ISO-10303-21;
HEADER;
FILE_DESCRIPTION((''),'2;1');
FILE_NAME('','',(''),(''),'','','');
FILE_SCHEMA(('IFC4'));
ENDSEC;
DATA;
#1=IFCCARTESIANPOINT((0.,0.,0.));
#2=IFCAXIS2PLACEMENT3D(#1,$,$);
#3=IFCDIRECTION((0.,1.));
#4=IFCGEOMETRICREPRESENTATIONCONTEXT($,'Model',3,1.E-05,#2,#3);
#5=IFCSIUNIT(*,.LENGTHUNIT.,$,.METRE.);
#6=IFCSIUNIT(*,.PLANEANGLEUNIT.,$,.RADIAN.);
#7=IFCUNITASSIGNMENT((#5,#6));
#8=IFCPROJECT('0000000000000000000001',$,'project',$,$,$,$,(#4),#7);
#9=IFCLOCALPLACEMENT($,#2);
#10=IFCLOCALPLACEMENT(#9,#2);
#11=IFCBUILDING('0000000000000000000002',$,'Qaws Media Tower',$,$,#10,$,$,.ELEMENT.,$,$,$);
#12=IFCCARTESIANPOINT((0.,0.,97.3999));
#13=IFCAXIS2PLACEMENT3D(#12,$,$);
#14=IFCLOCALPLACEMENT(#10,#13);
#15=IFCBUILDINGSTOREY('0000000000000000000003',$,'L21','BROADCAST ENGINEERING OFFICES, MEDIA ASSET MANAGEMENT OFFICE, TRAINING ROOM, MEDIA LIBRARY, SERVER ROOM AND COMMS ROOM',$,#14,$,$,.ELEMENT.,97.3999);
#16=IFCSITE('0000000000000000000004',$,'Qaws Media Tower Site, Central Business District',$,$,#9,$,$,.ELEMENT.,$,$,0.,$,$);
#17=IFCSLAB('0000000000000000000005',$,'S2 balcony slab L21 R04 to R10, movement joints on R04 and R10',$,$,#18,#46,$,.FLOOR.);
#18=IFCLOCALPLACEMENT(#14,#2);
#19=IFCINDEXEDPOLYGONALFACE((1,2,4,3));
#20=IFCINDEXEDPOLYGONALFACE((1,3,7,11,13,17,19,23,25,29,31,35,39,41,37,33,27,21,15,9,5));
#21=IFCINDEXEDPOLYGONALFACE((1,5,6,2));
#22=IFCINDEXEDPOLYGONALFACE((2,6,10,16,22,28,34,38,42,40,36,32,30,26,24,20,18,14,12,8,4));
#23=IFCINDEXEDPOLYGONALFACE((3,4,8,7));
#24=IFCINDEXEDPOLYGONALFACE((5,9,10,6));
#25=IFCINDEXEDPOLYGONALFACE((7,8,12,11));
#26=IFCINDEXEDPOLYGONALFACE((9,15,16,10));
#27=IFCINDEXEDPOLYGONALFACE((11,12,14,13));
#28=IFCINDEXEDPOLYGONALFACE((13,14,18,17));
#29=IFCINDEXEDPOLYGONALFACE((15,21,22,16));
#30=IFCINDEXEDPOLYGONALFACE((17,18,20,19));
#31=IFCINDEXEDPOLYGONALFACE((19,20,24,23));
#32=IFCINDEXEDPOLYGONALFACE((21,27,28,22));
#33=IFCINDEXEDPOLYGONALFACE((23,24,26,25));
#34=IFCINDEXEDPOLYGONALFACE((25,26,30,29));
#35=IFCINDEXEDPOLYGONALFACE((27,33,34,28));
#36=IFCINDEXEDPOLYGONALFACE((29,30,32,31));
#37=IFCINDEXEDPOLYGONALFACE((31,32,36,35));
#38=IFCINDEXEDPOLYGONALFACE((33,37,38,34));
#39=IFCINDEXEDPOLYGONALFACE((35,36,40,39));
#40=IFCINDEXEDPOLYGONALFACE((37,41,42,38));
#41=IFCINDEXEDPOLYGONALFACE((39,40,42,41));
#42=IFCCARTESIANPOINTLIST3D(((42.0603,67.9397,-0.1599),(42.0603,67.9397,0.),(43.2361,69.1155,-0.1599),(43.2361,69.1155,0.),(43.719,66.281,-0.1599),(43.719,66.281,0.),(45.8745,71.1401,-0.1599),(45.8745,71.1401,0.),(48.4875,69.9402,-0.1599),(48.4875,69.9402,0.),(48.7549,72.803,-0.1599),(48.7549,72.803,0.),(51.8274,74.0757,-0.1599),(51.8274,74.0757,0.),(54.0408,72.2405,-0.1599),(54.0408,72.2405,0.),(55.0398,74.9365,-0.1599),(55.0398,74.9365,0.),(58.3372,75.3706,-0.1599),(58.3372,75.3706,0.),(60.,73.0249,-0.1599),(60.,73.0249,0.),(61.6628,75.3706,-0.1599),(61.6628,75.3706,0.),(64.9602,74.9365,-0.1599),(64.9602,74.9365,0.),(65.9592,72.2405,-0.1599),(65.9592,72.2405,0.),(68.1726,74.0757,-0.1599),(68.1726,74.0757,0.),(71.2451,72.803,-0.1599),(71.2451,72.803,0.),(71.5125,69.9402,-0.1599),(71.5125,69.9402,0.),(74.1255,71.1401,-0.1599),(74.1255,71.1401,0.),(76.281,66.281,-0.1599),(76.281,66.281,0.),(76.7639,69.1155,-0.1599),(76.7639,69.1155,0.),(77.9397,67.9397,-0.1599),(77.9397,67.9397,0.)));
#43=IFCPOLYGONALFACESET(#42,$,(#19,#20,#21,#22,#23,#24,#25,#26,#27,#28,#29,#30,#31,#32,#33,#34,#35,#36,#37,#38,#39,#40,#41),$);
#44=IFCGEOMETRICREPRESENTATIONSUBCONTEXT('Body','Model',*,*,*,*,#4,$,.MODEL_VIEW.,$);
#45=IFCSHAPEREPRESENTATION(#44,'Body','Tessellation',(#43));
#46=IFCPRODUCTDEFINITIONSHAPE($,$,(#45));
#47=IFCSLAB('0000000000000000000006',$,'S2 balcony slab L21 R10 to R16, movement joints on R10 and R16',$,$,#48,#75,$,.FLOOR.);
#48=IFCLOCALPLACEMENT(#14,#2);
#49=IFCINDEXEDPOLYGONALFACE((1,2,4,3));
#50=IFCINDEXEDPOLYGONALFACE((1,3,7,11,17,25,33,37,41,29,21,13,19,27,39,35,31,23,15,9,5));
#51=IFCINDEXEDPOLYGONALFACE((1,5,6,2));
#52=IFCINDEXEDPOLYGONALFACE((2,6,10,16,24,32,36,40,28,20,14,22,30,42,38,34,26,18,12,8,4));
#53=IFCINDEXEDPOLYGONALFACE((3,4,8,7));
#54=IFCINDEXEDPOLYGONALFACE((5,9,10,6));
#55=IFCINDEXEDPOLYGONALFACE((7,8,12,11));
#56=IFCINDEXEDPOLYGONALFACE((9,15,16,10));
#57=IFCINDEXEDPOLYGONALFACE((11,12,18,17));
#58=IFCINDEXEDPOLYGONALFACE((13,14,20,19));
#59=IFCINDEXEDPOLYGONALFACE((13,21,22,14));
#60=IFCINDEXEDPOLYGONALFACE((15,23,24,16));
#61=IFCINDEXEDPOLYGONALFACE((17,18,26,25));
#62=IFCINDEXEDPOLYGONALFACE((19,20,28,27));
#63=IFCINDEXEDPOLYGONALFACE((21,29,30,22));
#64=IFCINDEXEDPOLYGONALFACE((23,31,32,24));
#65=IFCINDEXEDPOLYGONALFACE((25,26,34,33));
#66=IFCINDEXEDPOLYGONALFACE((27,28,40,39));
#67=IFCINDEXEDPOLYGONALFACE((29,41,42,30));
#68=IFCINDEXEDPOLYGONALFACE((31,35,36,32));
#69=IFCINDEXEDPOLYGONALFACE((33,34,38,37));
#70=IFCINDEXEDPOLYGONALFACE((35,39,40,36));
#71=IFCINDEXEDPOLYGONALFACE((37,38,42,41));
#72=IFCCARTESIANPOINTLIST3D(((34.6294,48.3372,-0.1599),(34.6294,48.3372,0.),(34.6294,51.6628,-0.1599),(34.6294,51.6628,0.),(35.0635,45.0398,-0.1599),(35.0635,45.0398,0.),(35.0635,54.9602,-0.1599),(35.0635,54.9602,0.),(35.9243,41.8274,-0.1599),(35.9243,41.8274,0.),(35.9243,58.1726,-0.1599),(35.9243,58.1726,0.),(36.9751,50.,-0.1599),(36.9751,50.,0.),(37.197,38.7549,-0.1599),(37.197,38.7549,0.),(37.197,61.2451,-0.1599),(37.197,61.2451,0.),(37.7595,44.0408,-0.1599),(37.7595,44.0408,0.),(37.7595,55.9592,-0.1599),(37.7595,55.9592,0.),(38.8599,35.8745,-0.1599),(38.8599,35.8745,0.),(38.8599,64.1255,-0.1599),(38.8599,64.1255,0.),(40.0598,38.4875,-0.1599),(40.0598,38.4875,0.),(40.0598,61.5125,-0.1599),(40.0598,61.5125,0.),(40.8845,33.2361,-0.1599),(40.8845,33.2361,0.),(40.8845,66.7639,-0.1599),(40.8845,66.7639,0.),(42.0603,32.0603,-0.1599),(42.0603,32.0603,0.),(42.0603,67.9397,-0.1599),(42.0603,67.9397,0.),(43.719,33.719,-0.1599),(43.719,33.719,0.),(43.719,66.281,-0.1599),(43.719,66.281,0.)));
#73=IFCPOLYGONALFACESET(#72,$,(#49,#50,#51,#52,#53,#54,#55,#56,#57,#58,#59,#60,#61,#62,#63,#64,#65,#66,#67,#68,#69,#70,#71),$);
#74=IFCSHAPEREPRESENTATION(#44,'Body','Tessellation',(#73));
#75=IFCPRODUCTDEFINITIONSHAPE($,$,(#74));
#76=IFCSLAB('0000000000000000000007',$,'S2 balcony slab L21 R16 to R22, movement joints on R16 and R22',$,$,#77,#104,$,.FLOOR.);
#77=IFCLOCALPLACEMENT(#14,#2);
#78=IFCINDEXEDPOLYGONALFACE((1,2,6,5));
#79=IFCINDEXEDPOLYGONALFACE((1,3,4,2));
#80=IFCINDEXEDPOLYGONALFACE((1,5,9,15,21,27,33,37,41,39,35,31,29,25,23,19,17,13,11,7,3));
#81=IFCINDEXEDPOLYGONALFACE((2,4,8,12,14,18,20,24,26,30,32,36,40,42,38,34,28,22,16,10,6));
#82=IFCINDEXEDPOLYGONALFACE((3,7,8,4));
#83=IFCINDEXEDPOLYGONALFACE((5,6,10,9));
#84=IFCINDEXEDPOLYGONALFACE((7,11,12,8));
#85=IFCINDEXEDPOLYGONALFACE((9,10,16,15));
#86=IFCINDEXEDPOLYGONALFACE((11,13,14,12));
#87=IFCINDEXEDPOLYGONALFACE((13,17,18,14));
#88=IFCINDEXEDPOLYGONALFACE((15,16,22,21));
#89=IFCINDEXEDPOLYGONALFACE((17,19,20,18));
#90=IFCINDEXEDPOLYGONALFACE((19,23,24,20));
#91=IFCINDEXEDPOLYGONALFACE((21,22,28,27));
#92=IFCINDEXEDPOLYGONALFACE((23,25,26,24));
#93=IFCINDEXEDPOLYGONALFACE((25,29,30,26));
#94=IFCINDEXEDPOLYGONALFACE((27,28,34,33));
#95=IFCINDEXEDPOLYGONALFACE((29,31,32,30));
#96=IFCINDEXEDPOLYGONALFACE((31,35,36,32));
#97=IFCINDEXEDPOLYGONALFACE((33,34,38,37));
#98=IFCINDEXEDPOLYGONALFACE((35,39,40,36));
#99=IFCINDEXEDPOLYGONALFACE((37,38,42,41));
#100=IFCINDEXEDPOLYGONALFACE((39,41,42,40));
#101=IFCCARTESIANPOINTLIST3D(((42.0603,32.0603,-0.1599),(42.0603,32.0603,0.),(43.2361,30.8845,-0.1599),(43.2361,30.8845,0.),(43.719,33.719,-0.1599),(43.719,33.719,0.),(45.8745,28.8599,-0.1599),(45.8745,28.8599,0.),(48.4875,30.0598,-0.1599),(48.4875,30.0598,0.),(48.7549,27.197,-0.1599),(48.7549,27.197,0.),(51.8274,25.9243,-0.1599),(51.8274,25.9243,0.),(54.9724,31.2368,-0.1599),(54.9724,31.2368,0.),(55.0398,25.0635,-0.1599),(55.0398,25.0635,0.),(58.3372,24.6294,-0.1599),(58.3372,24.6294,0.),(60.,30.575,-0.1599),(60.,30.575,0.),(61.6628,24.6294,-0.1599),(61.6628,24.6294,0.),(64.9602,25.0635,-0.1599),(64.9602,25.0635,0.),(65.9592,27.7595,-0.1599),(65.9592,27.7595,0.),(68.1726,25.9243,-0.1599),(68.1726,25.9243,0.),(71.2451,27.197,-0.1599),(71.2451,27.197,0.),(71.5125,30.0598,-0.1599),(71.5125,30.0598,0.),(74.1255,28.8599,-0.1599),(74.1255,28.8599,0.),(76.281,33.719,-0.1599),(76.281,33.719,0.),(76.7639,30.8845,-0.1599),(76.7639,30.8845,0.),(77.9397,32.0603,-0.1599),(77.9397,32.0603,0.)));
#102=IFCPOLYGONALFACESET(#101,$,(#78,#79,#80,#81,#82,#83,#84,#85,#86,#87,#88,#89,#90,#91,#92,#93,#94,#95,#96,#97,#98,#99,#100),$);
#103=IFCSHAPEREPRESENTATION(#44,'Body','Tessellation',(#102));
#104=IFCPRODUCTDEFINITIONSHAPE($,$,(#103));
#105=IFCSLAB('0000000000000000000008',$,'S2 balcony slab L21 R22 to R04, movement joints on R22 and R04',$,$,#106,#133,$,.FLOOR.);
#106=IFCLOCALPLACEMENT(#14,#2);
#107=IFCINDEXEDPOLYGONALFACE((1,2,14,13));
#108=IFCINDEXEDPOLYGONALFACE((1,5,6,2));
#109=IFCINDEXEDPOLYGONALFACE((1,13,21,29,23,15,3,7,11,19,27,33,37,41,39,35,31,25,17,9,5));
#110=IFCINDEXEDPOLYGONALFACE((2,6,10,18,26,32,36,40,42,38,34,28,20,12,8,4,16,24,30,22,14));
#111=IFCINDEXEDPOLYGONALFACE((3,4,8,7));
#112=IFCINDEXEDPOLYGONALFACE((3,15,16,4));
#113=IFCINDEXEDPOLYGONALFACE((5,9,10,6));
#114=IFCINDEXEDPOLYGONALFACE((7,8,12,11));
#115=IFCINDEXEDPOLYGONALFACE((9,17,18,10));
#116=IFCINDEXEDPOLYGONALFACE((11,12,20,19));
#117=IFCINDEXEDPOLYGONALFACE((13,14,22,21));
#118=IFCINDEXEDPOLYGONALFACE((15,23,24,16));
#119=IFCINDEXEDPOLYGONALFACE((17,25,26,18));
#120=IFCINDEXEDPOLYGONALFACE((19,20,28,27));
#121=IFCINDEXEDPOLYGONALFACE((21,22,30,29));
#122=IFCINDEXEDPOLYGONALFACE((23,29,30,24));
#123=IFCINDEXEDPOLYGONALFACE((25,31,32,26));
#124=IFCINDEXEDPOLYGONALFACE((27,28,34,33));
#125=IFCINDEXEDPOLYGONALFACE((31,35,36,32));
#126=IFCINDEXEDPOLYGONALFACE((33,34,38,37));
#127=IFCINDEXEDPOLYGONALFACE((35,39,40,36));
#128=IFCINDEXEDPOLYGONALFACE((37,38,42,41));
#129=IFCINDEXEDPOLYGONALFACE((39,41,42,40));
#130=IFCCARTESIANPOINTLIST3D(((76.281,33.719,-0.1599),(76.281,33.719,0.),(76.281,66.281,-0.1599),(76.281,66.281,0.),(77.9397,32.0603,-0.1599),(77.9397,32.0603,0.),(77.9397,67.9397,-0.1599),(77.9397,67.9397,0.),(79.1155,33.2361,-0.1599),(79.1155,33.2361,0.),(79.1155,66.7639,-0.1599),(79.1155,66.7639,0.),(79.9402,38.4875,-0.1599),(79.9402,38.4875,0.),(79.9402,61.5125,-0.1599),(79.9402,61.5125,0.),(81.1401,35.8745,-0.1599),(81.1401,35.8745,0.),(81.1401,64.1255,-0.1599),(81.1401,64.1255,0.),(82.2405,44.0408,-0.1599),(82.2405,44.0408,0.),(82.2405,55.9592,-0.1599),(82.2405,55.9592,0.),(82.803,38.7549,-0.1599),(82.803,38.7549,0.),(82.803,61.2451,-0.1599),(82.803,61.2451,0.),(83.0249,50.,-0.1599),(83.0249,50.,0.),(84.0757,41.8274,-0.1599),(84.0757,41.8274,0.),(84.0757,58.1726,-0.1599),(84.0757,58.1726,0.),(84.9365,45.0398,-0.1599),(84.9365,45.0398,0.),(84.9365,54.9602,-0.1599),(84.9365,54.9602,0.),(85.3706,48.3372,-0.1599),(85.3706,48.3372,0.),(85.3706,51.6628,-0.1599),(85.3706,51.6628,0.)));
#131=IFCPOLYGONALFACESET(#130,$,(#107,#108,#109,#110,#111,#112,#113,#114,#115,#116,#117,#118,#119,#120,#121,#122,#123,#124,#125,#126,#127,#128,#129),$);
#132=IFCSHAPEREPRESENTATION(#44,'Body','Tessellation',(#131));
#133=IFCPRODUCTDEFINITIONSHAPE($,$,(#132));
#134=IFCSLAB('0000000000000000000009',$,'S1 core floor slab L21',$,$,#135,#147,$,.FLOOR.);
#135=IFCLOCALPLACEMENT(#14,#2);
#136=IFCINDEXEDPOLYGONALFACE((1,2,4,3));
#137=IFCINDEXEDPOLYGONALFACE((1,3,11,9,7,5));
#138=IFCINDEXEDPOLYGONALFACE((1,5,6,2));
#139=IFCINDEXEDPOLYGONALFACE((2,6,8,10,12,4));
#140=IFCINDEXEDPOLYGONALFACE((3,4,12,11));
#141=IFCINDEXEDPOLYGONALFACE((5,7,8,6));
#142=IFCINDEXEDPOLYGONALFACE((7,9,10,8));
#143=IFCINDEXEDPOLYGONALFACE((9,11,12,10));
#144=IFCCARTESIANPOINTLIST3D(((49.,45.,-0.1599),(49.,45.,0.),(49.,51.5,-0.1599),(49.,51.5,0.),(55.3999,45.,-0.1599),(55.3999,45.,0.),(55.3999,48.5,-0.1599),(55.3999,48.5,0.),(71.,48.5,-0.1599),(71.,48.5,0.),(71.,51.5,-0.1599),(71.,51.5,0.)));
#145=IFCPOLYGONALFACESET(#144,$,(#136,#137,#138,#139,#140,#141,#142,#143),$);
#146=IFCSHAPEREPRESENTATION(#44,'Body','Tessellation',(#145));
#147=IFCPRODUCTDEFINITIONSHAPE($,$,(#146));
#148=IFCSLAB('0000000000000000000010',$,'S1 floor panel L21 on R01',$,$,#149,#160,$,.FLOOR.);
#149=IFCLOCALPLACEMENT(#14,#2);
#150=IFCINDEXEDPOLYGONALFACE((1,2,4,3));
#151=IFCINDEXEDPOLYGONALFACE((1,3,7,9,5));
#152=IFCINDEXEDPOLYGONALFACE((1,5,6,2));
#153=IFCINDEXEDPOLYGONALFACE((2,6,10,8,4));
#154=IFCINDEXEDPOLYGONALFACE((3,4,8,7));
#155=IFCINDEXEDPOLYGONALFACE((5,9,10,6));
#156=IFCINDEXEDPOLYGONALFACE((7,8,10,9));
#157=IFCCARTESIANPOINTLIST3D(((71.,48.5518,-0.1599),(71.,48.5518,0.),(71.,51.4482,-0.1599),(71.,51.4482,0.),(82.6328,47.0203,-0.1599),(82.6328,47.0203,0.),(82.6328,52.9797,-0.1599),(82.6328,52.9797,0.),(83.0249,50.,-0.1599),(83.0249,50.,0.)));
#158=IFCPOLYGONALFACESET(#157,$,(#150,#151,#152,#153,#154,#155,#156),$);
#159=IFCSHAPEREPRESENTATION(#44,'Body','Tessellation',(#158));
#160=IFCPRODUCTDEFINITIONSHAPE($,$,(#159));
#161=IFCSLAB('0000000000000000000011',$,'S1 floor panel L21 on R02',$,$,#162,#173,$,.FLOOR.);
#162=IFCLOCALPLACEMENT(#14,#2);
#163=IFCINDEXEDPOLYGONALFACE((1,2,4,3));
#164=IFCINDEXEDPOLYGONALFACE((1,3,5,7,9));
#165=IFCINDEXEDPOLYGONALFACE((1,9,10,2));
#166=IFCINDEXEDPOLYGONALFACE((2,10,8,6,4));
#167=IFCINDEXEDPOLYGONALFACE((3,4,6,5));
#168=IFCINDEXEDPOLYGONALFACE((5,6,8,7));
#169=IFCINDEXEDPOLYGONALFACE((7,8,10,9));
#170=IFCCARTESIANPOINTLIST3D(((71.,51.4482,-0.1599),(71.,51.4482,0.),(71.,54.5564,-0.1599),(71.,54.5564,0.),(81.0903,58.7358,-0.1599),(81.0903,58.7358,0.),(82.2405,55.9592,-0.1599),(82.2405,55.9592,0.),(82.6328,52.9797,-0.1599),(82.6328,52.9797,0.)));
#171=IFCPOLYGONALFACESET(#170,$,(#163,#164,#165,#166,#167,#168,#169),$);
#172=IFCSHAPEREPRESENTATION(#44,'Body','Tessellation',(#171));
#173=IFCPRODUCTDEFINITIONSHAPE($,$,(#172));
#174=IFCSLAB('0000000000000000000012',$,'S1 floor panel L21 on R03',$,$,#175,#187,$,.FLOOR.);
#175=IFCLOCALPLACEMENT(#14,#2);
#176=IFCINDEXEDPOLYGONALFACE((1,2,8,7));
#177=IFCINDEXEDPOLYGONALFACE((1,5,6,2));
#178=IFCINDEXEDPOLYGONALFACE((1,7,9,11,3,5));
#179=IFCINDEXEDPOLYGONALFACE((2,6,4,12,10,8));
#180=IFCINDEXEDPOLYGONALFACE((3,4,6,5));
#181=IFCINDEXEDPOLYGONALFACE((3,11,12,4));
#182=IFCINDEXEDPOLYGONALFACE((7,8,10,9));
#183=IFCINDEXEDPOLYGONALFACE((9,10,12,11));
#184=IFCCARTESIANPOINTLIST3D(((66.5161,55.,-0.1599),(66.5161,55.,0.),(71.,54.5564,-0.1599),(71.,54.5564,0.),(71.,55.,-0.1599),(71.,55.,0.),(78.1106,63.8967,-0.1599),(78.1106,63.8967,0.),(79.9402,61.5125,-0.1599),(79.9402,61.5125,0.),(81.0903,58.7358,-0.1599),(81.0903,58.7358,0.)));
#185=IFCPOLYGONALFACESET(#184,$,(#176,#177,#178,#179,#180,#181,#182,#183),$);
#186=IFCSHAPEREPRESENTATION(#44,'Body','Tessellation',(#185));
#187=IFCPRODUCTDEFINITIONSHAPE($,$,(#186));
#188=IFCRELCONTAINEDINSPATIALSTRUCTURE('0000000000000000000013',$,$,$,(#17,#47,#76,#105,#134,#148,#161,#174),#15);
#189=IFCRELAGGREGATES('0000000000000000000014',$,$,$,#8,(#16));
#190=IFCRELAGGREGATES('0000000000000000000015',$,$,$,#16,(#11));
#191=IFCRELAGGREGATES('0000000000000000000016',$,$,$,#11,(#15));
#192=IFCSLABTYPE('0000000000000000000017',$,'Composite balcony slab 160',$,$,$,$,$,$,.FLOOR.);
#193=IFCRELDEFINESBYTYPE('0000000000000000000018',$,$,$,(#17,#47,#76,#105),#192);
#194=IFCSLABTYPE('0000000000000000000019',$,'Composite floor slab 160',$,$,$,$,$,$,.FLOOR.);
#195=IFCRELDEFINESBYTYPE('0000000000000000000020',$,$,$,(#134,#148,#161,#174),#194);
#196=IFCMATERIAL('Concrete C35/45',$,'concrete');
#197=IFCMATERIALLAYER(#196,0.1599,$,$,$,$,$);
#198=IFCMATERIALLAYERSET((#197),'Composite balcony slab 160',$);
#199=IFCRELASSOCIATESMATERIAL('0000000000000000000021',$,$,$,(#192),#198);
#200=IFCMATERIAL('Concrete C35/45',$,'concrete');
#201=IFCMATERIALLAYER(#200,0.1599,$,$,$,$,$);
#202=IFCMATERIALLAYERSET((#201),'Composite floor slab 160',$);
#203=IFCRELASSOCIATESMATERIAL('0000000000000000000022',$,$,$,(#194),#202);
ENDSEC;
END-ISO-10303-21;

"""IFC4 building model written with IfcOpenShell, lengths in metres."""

from ifc_helpers import new_model, si_unit, direction, frame, origin, place, context, subcontext, project, spatial, polyline, outline, extrude, material, layer, layer_set, type_object, element, save


model = new_model("IFC4")

# Units and contexts
model_context = context("Model", 3, precision=1e-05, world=origin(), true_north=direction((0.0, 1.0)))
body_context = subcontext(model_context, "Body", "Model", "MODEL_VIEW")
ifc_project = project(units=[si_unit("LENGTHUNIT", "METRE"), si_unit("PLANEANGLEUNIT", "RADIAN")], contexts=[model_context])

# Site, building, storey
site_placement = place(None, origin())
site = spatial("IfcSite", under=ifc_project, at=site_placement, Name="Qaws Media Tower Site, Central Business District", CompositionType="ELEMENT", RefElevation=0.0)
building_placement = place(site_placement, origin())
building = spatial("IfcBuilding", under=site, at=building_placement, Name="Qaws Media Tower", CompositionType="ELEMENT")
storey_placement = place(building_placement, frame((0.0, 0.0, 97.3999)))
storey = spatial("IfcBuildingStorey", under=building, at=storey_placement, Name="L21", Description="BROADCAST ENGINEERING OFFICES, MEDIA ASSET MANAGEMENT OFFICE, TRAINING ROOM, MEDIA LIBRARY, SERVER ROOM AND COMMS ROOM", CompositionType="ELEMENT", Elevation=97.3999)

# Slabs
ifc_material_1 = material(Name="Concrete C35/45", Category="concrete")
ifc_layer_1 = layer(ifc_material_1, 0.1599)
ifc_layer_set_1 = layer_set([ifc_layer_1], Name="Composite balcony slab 160")
slab_type_1 = type_object("IfcSlabType", Name="Composite balcony slab 160", PredefinedType="FLOOR", material=ifc_layer_set_1)
slab_1_placement = place(storey_placement, frame((0.0, 0.0, -0.1599)))
element("IfcSlab", 1, at=slab_1_placement, inside=storey, type_object=slab_type_1, Name="S2 balcony slab L21 R04 to R10, movement joints on R04 and R10", PredefinedType="FLOOR", context=body_context, shape_type="SweptSolid", body=[
    extrude(outline(polyline([(43.2361, 69.1155), (45.8745, 71.1401), (48.7549, 72.803), (51.8274, 74.0757), (55.0398, 74.9365), (58.3372, 75.3706), (61.6628, 75.3706), (64.9602, 74.9365), (68.1726, 74.0757), (71.2451, 72.803), (74.1255, 71.1401), (76.7639, 69.1155), (77.9397, 67.9397), (76.281, 66.281), (71.5125, 69.9402), (65.9592, 72.2405), (60.0, 73.0249), (54.0408, 72.2405), (48.4875, 69.9402), (43.719, 66.281), (42.0603, 67.9397), (43.2361, 69.1155)])), origin(), (0.0, 0.0, 1.0), 0.1599),
])
slab_2_placement = place(storey_placement, frame((0.0, 0.0, -0.1599)))
element("IfcSlab", 2, at=slab_2_placement, inside=storey, type_object=slab_type_1, Name="S2 balcony slab L21 R10 to R16, movement joints on R10 and R16", PredefinedType="FLOOR", context=body_context, shape_type="SweptSolid", body=[
    extrude(outline(polyline([(40.8845, 33.2361), (38.8599, 35.8745), (37.197, 38.7549), (35.9243, 41.8274), (35.0635, 45.0398), (34.6294, 48.3372), (34.6294, 51.6628), (35.0635, 54.9602), (35.9243, 58.1726), (37.197, 61.2451), (38.8599, 64.1255), (40.8845, 66.7639), (42.0603, 67.9397), (43.719, 66.281), (40.0598, 61.5125), (37.7595, 55.9592), (36.9751, 50.0), (37.7595, 44.0408), (40.0598, 38.4875), (43.719, 33.719), (42.0603, 32.0603), (40.8845, 33.2361)])), origin(), (0.0, 0.0, 1.0), 0.1599),
])
slab_3_placement = place(storey_placement, frame((0.0, 0.0, -0.1599)))
element("IfcSlab", 3, at=slab_3_placement, inside=storey, type_object=slab_type_1, Name="S2 balcony slab L21 R16 to R22, movement joints on R16 and R22", PredefinedType="FLOOR", context=body_context, shape_type="SweptSolid", body=[
    extrude(outline(polyline([(76.7639, 30.8845), (74.1255, 28.8599), (71.2451, 27.197), (68.1726, 25.9243), (64.9602, 25.0635), (61.6628, 24.6294), (58.3372, 24.6294), (55.0398, 25.0635), (51.8274, 25.9243), (48.7549, 27.197), (45.8745, 28.8599), (43.2361, 30.8845), (42.0603, 32.0603), (43.719, 33.719), (48.4875, 30.0598), (54.9724, 31.2368), (60.0, 30.575), (65.9592, 27.7595), (71.5125, 30.0598), (76.281, 33.719), (77.9397, 32.0603), (76.7639, 30.8845)])), origin(), (0.0, 0.0, 1.0), 0.1599),
])
slab_4_placement = place(storey_placement, frame((0.0, 0.0, -0.1599)))
element("IfcSlab", 4, at=slab_4_placement, inside=storey, type_object=slab_type_1, Name="S2 balcony slab L21 R22 to R04, movement joints on R22 and R04", PredefinedType="FLOOR", context=body_context, shape_type="SweptSolid", body=[
    extrude(outline(polyline([(84.9365, 45.0398), (84.0757, 41.8274), (82.803, 38.7549), (81.1401, 35.8745), (79.1155, 33.2361), (77.9397, 32.0603), (76.281, 33.719), (79.9402, 38.4875), (82.2405, 44.0408), (83.0249, 50.0), (82.2405, 55.9592), (79.9402, 61.5125), (76.281, 66.281), (77.9397, 67.9397), (79.1155, 66.7639), (81.1401, 64.1255), (82.803, 61.2451), (84.0757, 58.1726), (84.9365, 54.9602), (85.3706, 51.6628), (85.3706, 48.3372), (84.9365, 45.0398)])), origin(), (0.0, 0.0, 1.0), 0.1599),
])
ifc_material_2 = material(Name="Concrete C35/45", Category="concrete")
ifc_layer_2 = layer(ifc_material_2, 0.1599)
ifc_layer_set_2 = layer_set([ifc_layer_2], Name="Composite floor slab 160")
slab_type_2 = type_object("IfcSlabType", Name="Composite floor slab 160", PredefinedType="FLOOR", material=ifc_layer_set_2)
slab_5_placement = place(storey_placement, frame((0.0, 0.0, -0.1599)))
element("IfcSlab", 5, at=slab_5_placement, inside=storey, type_object=slab_type_2, Name="S1 core floor slab L21", PredefinedType="FLOOR", context=body_context, shape_type="SweptSolid", body=[
    extrude(outline(polyline([(71.0, 51.5), (71.0, 48.5), (55.3999, 48.5), (55.3999, 45.0), (49.0, 45.0), (49.0, 51.5), (71.0, 51.5)])), origin(), (0.0, 0.0, 1.0), 0.1599),
])
slab_6_placement = place(storey_placement, frame((0.0, 0.0, -0.1599)))
element("IfcSlab", 6, at=slab_6_placement, inside=storey, type_object=slab_type_2, Name="S1 floor panel L21 on R01", PredefinedType="FLOOR", context=body_context, shape_type="SweptSolid", body=[
    extrude(outline(polyline([(83.0249, 50.0), (82.6328, 47.0203), (71.0, 48.5518), (71.0, 51.4482), (82.6328, 52.9797), (83.0249, 50.0)])), origin(), (0.0, 0.0, 1.0), 0.1599),
])
slab_7_placement = place(storey_placement, frame((0.0, 0.0, -0.1599)))
element("IfcSlab", 7, at=slab_7_placement, inside=storey, type_object=slab_type_2, Name="S1 floor panel L21 on R02", PredefinedType="FLOOR", context=body_context, shape_type="SweptSolid", body=[
    extrude(outline(polyline([(82.2405, 55.9592), (82.6328, 52.9797), (71.0, 51.4482), (71.0, 54.5564), (81.0903, 58.7358), (82.2405, 55.9592)])), origin(), (0.0, 0.0, 1.0), 0.1599),
])
slab_8_placement = place(storey_placement, frame((0.0, 0.0, -0.1599)))
element("IfcSlab", 8, at=slab_8_placement, inside=storey, type_object=slab_type_2, Name="S1 floor panel L21 on R03", PredefinedType="FLOOR", context=body_context, shape_type="SweptSolid", body=[
    extrude(outline(polyline([(79.9402, 61.5125), (81.0903, 58.7358), (71.0, 54.5564), (71.0, 55.0), (66.5161, 55.0), (78.1106, 63.8967), (79.9402, 61.5125)])), origin(), (0.0, 0.0, 1.0), 0.1599),
])

save(model, "model.ifc")
